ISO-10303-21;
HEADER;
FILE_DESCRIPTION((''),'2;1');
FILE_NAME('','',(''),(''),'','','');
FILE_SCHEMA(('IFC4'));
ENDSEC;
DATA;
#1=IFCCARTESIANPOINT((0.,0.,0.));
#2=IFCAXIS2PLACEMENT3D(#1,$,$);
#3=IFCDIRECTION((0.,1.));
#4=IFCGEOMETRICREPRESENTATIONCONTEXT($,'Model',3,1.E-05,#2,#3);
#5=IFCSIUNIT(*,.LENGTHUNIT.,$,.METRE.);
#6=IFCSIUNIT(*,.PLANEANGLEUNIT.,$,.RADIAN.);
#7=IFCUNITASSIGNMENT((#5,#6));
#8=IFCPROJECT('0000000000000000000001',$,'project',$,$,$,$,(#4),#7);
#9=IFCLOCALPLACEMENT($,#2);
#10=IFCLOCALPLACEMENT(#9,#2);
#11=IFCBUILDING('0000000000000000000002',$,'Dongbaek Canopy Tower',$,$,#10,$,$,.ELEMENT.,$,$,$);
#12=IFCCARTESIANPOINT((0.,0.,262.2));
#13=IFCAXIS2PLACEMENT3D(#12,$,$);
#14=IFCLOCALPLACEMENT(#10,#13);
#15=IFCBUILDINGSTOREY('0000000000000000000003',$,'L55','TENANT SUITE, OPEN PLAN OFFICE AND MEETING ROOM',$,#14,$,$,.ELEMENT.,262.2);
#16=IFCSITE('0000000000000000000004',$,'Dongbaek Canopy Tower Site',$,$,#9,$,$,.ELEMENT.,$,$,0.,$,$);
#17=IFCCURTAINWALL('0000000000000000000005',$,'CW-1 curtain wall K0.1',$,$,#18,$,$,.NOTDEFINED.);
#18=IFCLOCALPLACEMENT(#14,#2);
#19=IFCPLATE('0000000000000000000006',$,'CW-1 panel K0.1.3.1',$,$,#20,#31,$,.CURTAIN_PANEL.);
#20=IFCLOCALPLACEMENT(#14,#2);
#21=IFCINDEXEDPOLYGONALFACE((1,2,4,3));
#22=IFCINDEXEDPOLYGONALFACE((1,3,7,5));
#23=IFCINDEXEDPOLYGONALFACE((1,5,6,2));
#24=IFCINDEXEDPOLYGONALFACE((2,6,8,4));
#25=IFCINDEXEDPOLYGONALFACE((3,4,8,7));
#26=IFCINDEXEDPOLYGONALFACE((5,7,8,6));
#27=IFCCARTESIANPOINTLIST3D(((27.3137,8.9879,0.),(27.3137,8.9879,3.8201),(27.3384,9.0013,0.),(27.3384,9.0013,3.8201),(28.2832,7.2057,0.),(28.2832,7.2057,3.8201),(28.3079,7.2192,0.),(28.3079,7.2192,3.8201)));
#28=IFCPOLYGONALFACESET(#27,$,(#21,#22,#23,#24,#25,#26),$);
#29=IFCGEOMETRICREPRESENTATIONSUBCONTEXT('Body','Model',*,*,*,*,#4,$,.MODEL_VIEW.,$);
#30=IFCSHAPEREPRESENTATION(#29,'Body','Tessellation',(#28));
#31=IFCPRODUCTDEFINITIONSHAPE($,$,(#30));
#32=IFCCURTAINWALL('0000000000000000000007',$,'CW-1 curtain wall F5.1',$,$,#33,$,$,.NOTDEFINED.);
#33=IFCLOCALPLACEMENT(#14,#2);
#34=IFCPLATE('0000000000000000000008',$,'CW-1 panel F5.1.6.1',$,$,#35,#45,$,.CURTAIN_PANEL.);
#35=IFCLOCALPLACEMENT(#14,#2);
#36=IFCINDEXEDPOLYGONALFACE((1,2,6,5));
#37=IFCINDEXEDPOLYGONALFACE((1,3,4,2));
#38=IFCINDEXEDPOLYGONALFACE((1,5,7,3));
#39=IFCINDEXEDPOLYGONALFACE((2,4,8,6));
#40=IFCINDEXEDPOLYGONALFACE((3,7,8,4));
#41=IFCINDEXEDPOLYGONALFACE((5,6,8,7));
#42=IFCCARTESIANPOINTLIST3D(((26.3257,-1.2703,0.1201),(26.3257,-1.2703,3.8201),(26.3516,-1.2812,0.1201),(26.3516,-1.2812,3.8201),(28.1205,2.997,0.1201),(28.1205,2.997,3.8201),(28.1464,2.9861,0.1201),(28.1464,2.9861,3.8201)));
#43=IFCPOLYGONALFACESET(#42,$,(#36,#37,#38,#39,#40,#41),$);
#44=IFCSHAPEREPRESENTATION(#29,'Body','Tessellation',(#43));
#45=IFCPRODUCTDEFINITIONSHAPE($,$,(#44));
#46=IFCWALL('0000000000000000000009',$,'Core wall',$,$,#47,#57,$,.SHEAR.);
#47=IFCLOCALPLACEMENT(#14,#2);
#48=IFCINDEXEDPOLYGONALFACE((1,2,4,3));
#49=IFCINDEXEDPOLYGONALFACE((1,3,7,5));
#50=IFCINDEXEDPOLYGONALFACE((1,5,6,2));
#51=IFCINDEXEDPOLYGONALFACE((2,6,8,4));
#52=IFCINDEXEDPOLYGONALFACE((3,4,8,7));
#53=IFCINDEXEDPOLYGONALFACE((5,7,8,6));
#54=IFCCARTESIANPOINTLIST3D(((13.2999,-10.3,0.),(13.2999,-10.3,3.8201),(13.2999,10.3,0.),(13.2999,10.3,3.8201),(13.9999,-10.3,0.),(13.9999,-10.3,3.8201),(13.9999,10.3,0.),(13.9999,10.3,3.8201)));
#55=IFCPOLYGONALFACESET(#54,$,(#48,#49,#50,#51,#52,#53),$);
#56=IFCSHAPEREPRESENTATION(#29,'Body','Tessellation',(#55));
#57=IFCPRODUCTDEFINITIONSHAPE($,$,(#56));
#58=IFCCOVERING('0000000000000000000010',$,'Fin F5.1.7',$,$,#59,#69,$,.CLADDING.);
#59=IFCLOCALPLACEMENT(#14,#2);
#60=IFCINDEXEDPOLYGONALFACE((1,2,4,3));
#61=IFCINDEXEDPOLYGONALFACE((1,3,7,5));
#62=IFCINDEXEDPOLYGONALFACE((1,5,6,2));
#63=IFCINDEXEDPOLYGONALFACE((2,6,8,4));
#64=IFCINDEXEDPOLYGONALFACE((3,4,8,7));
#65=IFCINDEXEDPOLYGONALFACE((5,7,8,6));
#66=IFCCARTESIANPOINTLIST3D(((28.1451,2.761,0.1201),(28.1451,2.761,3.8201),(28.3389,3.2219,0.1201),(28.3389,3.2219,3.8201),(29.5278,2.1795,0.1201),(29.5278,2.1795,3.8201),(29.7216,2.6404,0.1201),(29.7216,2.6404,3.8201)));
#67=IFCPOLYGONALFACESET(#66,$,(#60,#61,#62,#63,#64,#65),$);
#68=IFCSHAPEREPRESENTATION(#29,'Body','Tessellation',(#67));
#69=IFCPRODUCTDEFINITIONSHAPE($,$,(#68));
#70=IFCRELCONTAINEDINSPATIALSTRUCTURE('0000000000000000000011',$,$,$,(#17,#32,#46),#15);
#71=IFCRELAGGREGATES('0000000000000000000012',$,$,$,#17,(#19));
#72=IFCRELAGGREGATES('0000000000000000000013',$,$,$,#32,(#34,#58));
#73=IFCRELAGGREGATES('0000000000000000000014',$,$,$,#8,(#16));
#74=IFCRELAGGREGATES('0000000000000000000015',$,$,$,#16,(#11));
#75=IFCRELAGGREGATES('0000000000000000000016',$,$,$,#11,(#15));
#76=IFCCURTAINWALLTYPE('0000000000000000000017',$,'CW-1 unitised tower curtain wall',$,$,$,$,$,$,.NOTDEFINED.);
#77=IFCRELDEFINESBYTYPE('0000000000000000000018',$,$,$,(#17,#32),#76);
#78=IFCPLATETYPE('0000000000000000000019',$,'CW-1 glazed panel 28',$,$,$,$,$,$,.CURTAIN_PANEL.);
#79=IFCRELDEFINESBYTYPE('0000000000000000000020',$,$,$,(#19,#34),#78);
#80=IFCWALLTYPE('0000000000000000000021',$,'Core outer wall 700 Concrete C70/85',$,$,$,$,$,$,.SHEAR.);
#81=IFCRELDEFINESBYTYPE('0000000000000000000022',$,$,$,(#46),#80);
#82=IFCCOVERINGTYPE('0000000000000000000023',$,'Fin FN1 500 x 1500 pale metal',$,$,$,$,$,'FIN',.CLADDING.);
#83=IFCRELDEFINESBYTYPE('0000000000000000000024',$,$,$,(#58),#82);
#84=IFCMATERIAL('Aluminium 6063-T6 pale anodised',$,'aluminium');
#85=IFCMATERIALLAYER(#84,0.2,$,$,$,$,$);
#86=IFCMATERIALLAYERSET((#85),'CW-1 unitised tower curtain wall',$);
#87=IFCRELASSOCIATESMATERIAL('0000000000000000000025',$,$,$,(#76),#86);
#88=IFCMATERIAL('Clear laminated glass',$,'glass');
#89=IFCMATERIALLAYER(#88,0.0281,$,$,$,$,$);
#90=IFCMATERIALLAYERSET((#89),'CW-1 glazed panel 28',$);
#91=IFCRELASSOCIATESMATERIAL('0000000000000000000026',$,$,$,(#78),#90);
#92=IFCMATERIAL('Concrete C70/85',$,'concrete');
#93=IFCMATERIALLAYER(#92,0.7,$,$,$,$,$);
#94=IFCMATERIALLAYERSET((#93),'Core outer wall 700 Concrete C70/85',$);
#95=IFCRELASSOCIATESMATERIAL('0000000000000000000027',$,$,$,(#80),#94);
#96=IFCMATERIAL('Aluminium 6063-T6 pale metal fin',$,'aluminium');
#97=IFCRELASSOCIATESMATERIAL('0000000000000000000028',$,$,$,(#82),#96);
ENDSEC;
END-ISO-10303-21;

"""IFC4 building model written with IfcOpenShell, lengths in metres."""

from ifc_helpers import new_model, si_unit, direction, frame, frame_2d, origin, origin_2d, place, context, subcontext, project, spatial, rectangle, extrude, material, layer, layer_set, material_profile, profile_set, type_object, element, aggregate, save


model = new_model("IFC4")

# Units and contexts
model_context = context("Model", 3, precision=1e-05, world=origin(), true_north=direction((0.0, 1.0)))
body_context = subcontext(model_context, "Body", "Model", "MODEL_VIEW")
ifc_project = project(units=[si_unit("LENGTHUNIT", "METRE"), si_unit("PLANEANGLEUNIT", "RADIAN")], contexts=[model_context])

# Site, building, storey
site_placement = place(None, origin())
site = spatial("IfcSite", under=ifc_project, at=site_placement, Name="Dongbaek Canopy Tower Site", CompositionType="ELEMENT", RefElevation=0.0)
building_placement = place(site_placement, origin())
building = spatial("IfcBuilding", under=site, at=building_placement, Name="Dongbaek Canopy Tower", CompositionType="ELEMENT")
storey_placement = place(building_placement, frame((0.0, 0.0, 262.2)))
storey = spatial("IfcBuildingStorey", under=building, at=storey_placement, Name="L55", Description="TENANT SUITE, OPEN PLAN OFFICE AND MEETING ROOM", CompositionType="ELEMENT", Elevation=262.2)

# Curtain wall
ifc_material_1 = material(Name="Aluminium 6063-T6 pale anodised", Category="aluminium")
ifc_layer_1 = layer(ifc_material_1, 0.2)
ifc_layer_set_1 = layer_set([ifc_layer_1], Name="CW-1 unitised tower curtain wall")
curtain_wall_type = type_object("IfcCurtainWallType", Name="CW-1 unitised tower curtain wall", PredefinedType="NOTDEFINED", material=ifc_layer_set_1)
curtain_wall_1_placement = place(storey_placement, origin())
curtain_wall_1 = element("IfcCurtainWall", 1, at=curtain_wall_1_placement, inside=storey, type_object=curtain_wall_type, Name="CW-1 curtain wall K0.1", PredefinedType="NOTDEFINED")

# Plate
ifc_material_2 = material(Name="Clear laminated glass", Category="glass")
ifc_layer_2 = layer(ifc_material_2, 0.0281)
ifc_layer_set_2 = layer_set([ifc_layer_2], Name="CW-1 glazed panel 28")
plate_type = type_object("IfcPlateType", Name="CW-1 glazed panel 28", PredefinedType="CURTAIN_PANEL", material=ifc_layer_set_2)
plate_1_placement = place(storey_placement, frame((27.8108, 8.1035, 0.0), z_axis=(0.0, 0.0, 1.0), x_axis=(-0.477888, 0.878421, 0.0)))
plate_1 = element("IfcPlate", 2, at=plate_1_placement, type_object=plate_type, Name="CW-1 panel K0.1.3.1", PredefinedType="CURTAIN_PANEL", context=body_context, shape_type="SweptSolid", body=[
    extrude(rectangle(XDim=2.0288, YDim=0.0281, at=origin_2d()), origin(), (0.0, 0.0, 1.0), 3.8201),
])
aggregate(curtain_wall_1, [plate_1])

# Curtain wall, plate
curtain_wall_2_placement = place(storey_placement, origin())
curtain_wall_2 = element("IfcCurtainWall", 3, at=curtain_wall_2_placement, inside=storey, type_object=curtain_wall_type, Name="CW-1 curtain wall F5.1", PredefinedType="NOTDEFINED")
plate_2_placement = place(storey_placement, frame((27.2361, 0.8579, 0.1201), z_axis=(0.0, 0.0, 1.0), x_axis=(0.387696, 0.921787, 0.0)))
plate_2 = element("IfcPlate", 4, at=plate_2_placement, type_object=plate_type, Name="CW-1 panel F5.1.6.1", PredefinedType="CURTAIN_PANEL", context=body_context, shape_type="SweptSolid", body=[
    extrude(rectangle(XDim=4.6294, YDim=0.0281, at=origin_2d()), origin(), (0.0, 0.0, 1.0), 3.7),
])

# Wall
ifc_material_3 = material(Name="Concrete C70/85", Category="concrete")
ifc_layer_3 = layer(ifc_material_3, 0.7)
ifc_layer_set_3 = layer_set([ifc_layer_3], Name="Core outer wall 700 Concrete C70/85")
wall_type_1 = type_object("IfcWallType", Name="Core outer wall 700 Concrete C70/85", PredefinedType="SHEAR", material=ifc_layer_set_3)
wall_1_placement = place(storey_placement, frame((13.6499, 10.3, 0.0), z_axis=(0.0, 0.0, 1.0), x_axis=(0.0, -1.0, 0.0)))
element("IfcWall", 5, at=wall_1_placement, inside=storey, type_object=wall_type_1, Name="Core wall", PredefinedType="SHEAR", context=body_context, shape_type="SweptSolid", body=[
    extrude(rectangle(XDim=20.6001, YDim=0.7, at=frame_2d((10.3, 0.0))), origin(), (0.0, 0.0, 1.0), 3.8201),
])

# Covering
ifc_material_4 = material(Name="Aluminium 6063-T6 pale metal fin", Category="aluminium")
ifc_material_profile_1 = material_profile(ifc_material_4, rectangle(XDim=1.5, YDim=0.5, at=origin_2d()), Name="Fin FN1 500 x 1500 pale metal")
ifc_profile_set_1 = profile_set([ifc_material_profile_1], Name="Aluminium 6063-T6 pale metal fin")
covering_type = type_object("IfcCoveringType", Name="Fin FN1 500 x 1500 pale metal", ElementType="FIN", PredefinedType="CLADDING", material=ifc_profile_set_1)
covering_placement = place(storey_placement, frame((28.9333, 2.7007, 0.1201), z_axis=(0.0, 0.0, 1.0), x_axis=(0.921787, -0.387696, 0.0)))
covering = element("IfcCovering", 6, at=covering_placement, type_object=covering_type, Name="Fin F5.1.7", PredefinedType="CLADDING", context=body_context, shape_type="SweptSolid", body=[
    extrude(rectangle(XDim=1.5, YDim=0.5, at=origin_2d()), origin(), (0.0, 0.0, 1.0), 3.7),
])
aggregate(curtain_wall_2, [plate_2, covering])

save(model, "model.ifc")
